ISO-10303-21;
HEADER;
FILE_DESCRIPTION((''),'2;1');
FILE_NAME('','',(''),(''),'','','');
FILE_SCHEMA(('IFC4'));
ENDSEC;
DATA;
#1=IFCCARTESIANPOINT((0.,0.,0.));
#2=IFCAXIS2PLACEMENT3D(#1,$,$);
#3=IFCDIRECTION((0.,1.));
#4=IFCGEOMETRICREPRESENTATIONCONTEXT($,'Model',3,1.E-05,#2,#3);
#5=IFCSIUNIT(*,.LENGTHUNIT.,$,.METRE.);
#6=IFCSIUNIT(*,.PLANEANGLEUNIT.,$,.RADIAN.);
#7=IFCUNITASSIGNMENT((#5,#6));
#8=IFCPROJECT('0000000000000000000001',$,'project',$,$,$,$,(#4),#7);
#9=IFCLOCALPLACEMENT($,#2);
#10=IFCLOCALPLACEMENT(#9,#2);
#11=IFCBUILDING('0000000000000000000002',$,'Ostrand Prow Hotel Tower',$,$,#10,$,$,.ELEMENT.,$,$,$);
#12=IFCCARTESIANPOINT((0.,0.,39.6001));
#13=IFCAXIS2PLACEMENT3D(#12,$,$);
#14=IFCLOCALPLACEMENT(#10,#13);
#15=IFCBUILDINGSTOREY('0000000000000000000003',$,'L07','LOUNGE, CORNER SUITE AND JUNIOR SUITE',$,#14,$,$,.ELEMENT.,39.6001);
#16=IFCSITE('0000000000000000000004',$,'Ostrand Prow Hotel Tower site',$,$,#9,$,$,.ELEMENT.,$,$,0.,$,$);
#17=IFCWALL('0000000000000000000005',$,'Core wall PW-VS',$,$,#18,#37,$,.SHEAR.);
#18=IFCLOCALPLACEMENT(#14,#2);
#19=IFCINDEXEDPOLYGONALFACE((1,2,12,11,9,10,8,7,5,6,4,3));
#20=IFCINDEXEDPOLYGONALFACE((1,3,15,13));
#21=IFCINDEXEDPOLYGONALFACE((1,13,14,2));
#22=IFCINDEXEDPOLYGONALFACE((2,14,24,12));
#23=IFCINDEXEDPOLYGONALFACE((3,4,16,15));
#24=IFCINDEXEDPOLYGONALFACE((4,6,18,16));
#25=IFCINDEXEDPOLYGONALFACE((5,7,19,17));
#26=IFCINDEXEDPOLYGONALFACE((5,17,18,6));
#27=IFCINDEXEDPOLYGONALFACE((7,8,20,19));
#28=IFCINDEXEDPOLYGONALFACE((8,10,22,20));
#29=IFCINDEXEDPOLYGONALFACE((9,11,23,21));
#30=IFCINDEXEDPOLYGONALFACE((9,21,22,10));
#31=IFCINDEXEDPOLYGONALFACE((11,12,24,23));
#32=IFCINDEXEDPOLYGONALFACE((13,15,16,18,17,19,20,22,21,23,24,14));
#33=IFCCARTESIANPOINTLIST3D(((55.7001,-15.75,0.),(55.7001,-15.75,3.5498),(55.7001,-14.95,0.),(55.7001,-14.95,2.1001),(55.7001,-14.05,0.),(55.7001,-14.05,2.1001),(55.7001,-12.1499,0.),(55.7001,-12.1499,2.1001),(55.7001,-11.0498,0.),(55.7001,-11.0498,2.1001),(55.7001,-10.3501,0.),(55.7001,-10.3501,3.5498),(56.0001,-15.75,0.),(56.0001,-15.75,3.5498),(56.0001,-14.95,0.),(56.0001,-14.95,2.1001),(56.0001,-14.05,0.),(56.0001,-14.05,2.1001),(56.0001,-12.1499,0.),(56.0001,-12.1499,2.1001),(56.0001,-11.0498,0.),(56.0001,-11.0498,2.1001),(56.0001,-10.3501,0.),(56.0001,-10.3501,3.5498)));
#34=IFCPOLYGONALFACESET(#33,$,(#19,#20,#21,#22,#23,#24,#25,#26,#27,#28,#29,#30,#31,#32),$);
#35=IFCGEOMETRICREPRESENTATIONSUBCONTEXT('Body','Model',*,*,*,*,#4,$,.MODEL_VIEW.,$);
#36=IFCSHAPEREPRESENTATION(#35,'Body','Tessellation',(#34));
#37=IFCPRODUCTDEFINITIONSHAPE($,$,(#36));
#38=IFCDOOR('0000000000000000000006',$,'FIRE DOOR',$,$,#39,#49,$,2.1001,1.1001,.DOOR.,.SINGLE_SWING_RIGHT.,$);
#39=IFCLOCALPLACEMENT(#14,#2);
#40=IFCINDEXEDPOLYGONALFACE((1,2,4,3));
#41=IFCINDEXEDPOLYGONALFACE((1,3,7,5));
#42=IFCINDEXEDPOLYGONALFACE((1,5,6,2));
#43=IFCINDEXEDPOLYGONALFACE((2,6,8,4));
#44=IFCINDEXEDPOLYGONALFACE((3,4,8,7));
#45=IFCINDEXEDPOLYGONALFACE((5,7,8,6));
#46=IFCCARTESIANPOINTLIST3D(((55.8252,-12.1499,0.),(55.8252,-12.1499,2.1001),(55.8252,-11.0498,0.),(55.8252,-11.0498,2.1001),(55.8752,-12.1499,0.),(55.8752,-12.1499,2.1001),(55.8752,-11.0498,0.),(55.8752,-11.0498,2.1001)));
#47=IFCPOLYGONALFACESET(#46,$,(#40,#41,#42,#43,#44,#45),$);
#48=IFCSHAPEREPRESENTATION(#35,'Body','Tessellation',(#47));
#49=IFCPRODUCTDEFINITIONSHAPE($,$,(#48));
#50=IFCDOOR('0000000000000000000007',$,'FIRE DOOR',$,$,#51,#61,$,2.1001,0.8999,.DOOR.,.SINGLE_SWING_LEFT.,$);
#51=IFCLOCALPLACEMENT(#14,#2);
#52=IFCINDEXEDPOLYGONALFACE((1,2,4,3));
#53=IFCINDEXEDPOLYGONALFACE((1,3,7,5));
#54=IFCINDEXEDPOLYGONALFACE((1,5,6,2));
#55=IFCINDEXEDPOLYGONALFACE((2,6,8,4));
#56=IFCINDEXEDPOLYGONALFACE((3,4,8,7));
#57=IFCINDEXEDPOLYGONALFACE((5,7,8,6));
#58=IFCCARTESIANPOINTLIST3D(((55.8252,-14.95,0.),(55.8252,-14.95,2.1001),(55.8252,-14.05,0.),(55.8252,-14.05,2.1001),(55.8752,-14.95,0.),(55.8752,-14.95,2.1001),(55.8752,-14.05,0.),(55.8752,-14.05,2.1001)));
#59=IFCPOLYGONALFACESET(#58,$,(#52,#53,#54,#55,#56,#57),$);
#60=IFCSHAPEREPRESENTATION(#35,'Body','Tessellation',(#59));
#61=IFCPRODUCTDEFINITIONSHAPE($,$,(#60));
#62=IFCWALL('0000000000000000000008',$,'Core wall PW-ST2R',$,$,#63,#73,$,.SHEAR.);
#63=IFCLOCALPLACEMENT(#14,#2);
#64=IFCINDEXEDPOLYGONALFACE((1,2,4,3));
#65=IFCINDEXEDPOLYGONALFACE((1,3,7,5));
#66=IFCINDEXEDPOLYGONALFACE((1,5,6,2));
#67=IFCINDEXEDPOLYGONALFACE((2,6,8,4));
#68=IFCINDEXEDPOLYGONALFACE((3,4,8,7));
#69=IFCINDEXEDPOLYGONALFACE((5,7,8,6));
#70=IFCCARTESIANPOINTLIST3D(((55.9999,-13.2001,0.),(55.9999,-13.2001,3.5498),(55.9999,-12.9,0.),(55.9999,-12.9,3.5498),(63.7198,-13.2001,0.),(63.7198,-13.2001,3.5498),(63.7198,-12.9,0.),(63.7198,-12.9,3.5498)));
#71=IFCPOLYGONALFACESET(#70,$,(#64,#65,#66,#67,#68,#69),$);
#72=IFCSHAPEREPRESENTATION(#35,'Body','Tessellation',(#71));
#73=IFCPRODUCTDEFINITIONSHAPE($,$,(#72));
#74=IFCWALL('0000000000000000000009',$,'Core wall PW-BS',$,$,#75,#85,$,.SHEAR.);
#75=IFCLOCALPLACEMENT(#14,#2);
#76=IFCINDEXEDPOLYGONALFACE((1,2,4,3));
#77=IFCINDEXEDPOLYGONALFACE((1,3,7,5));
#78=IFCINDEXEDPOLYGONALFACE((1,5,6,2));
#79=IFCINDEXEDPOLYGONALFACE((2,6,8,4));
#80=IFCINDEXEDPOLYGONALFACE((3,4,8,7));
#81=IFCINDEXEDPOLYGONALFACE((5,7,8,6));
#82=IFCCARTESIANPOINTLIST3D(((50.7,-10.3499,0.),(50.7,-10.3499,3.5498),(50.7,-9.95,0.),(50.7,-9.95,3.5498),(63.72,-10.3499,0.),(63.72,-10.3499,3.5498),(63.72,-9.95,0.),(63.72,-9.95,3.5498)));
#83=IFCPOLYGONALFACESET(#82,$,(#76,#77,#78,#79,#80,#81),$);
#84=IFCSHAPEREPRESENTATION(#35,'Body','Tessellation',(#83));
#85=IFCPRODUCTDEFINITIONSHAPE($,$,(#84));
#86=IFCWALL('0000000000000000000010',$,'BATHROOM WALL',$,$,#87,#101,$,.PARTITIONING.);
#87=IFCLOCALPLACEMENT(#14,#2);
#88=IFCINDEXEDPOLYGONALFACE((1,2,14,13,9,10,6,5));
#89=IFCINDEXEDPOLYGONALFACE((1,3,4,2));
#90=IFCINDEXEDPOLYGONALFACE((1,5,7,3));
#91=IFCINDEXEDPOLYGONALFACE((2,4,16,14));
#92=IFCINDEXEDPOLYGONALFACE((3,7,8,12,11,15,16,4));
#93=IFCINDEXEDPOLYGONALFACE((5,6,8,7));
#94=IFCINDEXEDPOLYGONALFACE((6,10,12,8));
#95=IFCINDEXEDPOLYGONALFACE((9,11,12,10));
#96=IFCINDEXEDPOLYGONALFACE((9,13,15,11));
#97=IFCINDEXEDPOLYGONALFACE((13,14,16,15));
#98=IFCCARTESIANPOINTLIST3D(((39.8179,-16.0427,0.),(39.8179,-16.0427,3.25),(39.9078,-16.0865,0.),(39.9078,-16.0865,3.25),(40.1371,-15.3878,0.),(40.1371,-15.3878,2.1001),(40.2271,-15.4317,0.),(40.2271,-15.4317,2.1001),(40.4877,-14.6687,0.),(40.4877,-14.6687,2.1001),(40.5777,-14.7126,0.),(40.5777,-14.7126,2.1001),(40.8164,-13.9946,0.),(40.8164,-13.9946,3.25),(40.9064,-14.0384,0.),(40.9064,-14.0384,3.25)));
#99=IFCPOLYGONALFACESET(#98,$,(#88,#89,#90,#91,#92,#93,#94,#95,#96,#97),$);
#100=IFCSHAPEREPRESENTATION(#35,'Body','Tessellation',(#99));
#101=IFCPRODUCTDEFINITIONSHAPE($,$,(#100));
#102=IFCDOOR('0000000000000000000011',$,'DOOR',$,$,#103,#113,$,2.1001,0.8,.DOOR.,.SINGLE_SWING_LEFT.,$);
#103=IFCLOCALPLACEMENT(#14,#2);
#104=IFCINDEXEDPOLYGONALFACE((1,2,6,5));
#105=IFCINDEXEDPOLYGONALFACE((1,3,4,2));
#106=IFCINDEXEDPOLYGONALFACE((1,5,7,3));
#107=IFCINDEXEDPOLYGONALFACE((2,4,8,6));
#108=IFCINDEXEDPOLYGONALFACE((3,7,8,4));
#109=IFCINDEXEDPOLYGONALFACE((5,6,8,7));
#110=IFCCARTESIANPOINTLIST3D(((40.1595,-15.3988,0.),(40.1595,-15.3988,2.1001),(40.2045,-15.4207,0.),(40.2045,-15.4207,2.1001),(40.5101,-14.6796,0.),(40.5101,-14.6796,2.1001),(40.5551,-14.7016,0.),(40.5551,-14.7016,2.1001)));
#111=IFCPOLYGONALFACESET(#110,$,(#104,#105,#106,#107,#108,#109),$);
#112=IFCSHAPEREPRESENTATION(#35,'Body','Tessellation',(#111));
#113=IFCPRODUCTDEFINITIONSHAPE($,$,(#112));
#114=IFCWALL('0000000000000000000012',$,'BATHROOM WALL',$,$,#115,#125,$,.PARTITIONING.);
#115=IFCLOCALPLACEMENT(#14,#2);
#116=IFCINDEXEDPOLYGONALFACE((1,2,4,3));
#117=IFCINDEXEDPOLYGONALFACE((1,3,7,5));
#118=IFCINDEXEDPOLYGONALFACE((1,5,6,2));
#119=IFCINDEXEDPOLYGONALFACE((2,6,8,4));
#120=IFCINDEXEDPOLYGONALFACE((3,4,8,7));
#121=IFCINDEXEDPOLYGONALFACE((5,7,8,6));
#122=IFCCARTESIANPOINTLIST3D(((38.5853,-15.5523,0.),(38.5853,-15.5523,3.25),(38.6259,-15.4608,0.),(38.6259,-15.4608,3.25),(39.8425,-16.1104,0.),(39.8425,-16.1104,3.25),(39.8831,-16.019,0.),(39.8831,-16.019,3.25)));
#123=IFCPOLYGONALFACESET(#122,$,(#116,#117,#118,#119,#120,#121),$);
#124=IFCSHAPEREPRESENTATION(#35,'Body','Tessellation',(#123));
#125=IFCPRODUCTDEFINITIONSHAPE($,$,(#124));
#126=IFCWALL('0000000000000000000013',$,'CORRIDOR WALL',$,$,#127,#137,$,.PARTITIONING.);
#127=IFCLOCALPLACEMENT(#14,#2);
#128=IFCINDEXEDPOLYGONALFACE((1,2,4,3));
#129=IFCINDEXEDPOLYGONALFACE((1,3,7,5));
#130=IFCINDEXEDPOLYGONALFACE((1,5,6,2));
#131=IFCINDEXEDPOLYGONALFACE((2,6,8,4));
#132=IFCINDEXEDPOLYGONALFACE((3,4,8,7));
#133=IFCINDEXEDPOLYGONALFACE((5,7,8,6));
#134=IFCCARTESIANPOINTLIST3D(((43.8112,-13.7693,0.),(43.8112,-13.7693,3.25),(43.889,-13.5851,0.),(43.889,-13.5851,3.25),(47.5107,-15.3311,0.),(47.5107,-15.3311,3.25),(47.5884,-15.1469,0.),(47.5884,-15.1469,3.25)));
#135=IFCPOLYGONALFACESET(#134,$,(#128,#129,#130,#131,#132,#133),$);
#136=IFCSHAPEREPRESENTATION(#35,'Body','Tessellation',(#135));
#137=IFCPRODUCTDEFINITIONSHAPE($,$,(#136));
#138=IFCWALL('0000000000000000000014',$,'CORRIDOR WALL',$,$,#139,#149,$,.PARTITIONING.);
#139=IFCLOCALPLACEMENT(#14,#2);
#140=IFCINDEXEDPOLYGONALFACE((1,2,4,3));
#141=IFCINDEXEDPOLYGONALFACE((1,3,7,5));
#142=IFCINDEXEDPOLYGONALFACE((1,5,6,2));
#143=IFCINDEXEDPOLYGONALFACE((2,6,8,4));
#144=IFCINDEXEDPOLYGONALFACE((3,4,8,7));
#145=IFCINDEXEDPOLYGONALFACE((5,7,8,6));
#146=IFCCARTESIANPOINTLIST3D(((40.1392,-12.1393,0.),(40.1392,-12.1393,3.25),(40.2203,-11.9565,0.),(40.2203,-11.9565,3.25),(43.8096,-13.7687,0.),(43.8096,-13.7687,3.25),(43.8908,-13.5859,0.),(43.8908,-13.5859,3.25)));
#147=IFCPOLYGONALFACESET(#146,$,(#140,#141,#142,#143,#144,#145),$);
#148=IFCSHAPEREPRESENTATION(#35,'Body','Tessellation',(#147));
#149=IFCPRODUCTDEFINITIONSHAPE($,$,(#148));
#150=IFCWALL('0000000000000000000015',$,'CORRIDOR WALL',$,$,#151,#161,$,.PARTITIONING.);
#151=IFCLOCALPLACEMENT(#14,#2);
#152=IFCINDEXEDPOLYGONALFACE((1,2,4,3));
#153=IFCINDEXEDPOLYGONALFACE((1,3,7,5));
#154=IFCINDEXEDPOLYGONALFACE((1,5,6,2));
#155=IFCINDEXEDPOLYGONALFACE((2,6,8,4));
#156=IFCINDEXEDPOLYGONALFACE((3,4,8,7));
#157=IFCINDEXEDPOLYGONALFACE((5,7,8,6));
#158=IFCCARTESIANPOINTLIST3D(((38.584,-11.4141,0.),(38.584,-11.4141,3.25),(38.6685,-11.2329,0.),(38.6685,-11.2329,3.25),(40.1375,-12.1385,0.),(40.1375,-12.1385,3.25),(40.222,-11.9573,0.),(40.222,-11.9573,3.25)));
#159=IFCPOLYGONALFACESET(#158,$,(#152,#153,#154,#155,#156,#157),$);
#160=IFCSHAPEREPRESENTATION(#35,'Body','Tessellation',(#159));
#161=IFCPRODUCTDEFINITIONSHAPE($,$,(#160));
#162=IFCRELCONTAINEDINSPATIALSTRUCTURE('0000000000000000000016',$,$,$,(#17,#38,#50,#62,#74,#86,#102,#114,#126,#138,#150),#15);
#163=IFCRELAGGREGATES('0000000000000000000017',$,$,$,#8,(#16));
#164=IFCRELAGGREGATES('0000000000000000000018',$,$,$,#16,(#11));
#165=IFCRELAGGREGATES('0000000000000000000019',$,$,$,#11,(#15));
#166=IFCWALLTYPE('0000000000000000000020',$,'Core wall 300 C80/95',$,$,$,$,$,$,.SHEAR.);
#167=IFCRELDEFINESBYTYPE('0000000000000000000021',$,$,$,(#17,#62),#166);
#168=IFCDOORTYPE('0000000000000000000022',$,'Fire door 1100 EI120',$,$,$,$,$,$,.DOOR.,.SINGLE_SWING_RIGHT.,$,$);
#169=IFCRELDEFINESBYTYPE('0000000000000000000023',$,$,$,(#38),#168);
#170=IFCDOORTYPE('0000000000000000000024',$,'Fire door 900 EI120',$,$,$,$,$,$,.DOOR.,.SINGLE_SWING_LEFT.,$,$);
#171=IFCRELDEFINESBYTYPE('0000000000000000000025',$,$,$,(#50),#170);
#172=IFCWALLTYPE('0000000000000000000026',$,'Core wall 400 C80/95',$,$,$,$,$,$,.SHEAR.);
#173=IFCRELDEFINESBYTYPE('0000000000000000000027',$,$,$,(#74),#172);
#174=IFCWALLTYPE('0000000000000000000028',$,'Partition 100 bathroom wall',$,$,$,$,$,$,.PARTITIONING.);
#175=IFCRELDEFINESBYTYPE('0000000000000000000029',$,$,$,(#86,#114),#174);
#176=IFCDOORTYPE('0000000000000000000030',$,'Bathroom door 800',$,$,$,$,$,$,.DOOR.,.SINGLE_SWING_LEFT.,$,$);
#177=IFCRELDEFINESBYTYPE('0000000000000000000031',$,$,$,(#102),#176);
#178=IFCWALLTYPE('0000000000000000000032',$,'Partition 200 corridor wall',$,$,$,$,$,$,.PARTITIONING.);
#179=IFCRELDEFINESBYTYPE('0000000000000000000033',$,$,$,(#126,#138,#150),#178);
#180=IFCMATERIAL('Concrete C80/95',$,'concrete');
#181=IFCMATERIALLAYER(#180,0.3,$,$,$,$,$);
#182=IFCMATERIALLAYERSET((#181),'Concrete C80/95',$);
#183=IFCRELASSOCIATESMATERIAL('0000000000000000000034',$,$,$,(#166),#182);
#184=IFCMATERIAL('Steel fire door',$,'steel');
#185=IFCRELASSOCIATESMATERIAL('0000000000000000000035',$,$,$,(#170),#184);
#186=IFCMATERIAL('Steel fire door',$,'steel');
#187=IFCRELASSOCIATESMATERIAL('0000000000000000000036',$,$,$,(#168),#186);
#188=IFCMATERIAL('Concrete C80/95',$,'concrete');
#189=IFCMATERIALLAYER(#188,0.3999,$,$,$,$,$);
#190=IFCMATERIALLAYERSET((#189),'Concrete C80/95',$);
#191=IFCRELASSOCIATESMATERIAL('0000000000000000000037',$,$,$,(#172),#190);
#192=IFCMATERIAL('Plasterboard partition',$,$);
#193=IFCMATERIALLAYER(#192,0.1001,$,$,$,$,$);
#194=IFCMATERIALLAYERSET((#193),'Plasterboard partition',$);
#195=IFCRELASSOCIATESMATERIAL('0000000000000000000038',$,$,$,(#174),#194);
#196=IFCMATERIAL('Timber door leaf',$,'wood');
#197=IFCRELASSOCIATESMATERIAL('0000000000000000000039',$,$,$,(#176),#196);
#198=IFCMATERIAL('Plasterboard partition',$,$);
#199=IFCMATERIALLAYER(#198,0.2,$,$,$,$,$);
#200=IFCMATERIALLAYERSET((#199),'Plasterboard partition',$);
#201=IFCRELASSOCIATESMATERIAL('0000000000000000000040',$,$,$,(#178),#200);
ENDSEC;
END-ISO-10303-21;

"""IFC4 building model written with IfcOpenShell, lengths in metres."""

from ifc_helpers import new_model, si_unit, direction, frame, frame_2d, origin, place, context, subcontext, project, spatial, rectangle, extrude, material, layer, layer_set, type_object, element, fill, save


model = new_model("IFC4")

# Units and contexts
model_context = context("Model", 3, precision=1e-05, world=origin(), true_north=direction((0.0, 1.0)))
body_context = subcontext(model_context, "Body", "Model", "MODEL_VIEW")
ifc_project = project(units=[si_unit("LENGTHUNIT", "METRE"), si_unit("PLANEANGLEUNIT", "RADIAN")], contexts=[model_context])

# Site, building, storey
site_placement = place(None, origin())
site = spatial("IfcSite", under=ifc_project, at=site_placement, Name="Ostrand Prow Hotel Tower site", CompositionType="ELEMENT", RefElevation=0.0)
building_placement = place(site_placement, origin())
building = spatial("IfcBuilding", under=site, at=building_placement, Name="Ostrand Prow Hotel Tower", CompositionType="ELEMENT")
storey_placement = place(building_placement, frame((0.0, 0.0, 39.6001)))
storey = spatial("IfcBuildingStorey", under=building, at=storey_placement, Name="L07", Description="LOUNGE, CORNER SUITE AND JUNIOR SUITE", CompositionType="ELEMENT", Elevation=39.6001)

# Shared definitions
ifc_material_1 = material(Name="Concrete C80/95", Category="concrete")
ifc_layer_1 = layer(ifc_material_1, 0.3)
ifc_layer_set_1 = layer_set([ifc_layer_1], Name="Concrete C80/95")
wall_type_1 = type_object("IfcWallType", Name="Core wall 300 C80/95", PredefinedType="SHEAR", material=ifc_layer_set_1)

# Shared definitions
ifc_material_2 = material(Name="Steel fire door", Category="steel")
door_type_1 = type_object("IfcDoorType", Name="Fire door 900 EI120", OperationType="SINGLE_SWING_LEFT", PredefinedType="DOOR", material=ifc_material_2)

# Wall, openings, doors
wall_1_placement = place(storey_placement, frame((55.8501, -15.75, 0.0), z_axis=(0.0, 0.0, 1.0), x_axis=(0.0, 1.0, 0.0)))
wall_1 = element("IfcWall", 1, at=wall_1_placement, inside=storey, type_object=wall_type_1, Name="Core wall PW-VS", PredefinedType="SHEAR", context=body_context, shape_type="SweptSolid", body=[
    extrude(rectangle(XDim=5.3999, YDim=0.3, at=frame_2d((2.7, 0.0))), origin(), (0.0, 0.0, 1.0), 3.5498),
])
opening_1_placement = place(wall_1_placement, frame((3.6001, 0.0, 0.0)))
opening_1 = element("IfcOpeningElement", 2, at=opening_1_placement, cuts=wall_1, PredefinedType="OPENING", context=body_context, shape_type="SweptSolid", body=[
    extrude(rectangle(XDim=1.1001, YDim=2.1001, at=frame_2d((0.55, 1.05))), frame((0.0, 0.1599, 0.0), z_axis=(0.0, -1.0, 0.0), x_axis=(1.0, 0.0, 0.0)), (0.0, 0.0, 1.0), 0.3201),
])
opening_2_placement = place(wall_1_placement, frame((0.8, 0.0, 0.0)))
opening_2 = element("IfcOpeningElement", 3, at=opening_2_placement, cuts=wall_1, PredefinedType="OPENING", context=body_context, shape_type="SweptSolid", body=[
    extrude(rectangle(XDim=0.8999, YDim=2.1001, at=frame_2d((0.45, 1.05))), frame((0.0, 0.1599, 0.0), z_axis=(0.0, -1.0, 0.0), x_axis=(1.0, 0.0, 0.0)), (0.0, 0.0, 1.0), 0.3201),
])
ifc_material_3 = material(Name="Steel fire door", Category="steel")
door_type_2 = type_object("IfcDoorType", Name="Fire door 1100 EI120", OperationType="SINGLE_SWING_RIGHT", PredefinedType="DOOR", material=ifc_material_3)
door_1_placement = place(opening_1_placement, origin())
door_1 = element("IfcDoor", 4, at=door_1_placement, inside=storey, type_object=door_type_2, Name="FIRE DOOR", OperationType="SINGLE_SWING_RIGHT", OverallHeight=2.1001, OverallWidth=1.1001, PredefinedType="DOOR", context=body_context, shape_type="SweptSolid", body=[
    extrude(rectangle(XDim=1.1001, YDim=2.1001, at=frame_2d((0.55, 1.05))), frame((0.0, 0.0249, 0.0), z_axis=(0.0, -1.0, 0.0), x_axis=(1.0, 0.0, 0.0)), (0.0, 0.0, 1.0), 0.05),
])
fill(opening_1, door_1)
door_2_placement = place(opening_2_placement, origin())
door_2 = element("IfcDoor", 5, at=door_2_placement, inside=storey, type_object=door_type_1, Name="FIRE DOOR", OperationType="SINGLE_SWING_LEFT", OverallHeight=2.1001, OverallWidth=0.8999, PredefinedType="DOOR", context=body_context, shape_type="SweptSolid", body=[
    extrude(rectangle(XDim=0.8999, YDim=2.1001, at=frame_2d((0.45, 1.05))), frame((0.0, 0.0249, 0.0), z_axis=(0.0, -1.0, 0.0), x_axis=(1.0, 0.0, 0.0)), (0.0, 0.0, 1.0), 0.05),
])
fill(opening_2, door_2)

# Walls
wall_2_placement = place(storey_placement, frame((56.0, -13.05, 0.0), z_axis=(0.0, 0.0, 1.0), x_axis=(1.0, 0.0, 0.0)))
element("IfcWall", 6, at=wall_2_placement, inside=storey, type_object=wall_type_1, Name="Core wall PW-ST2R", PredefinedType="SHEAR", context=body_context, shape_type="SweptSolid", body=[
    extrude(rectangle(XDim=7.72, YDim=0.3, at=frame_2d((3.8599, 0.0))), origin(), (0.0, 0.0, 1.0), 3.5498),
])
ifc_material_4 = material(Name="Concrete C80/95", Category="concrete")
ifc_layer_2 = layer(ifc_material_4, 0.3999)
ifc_layer_set_2 = layer_set([ifc_layer_2], Name="Concrete C80/95")
wall_type_2 = type_object("IfcWallType", Name="Core wall 400 C80/95", PredefinedType="SHEAR", material=ifc_layer_set_2)
wall_3_placement = place(storey_placement, frame((50.7, -10.1499, 0.0), z_axis=(0.0, 0.0, 1.0), x_axis=(1.0, 0.0, 0.0)))
element("IfcWall", 7, at=wall_3_placement, inside=storey, type_object=wall_type_2, Name="Core wall PW-BS", PredefinedType="SHEAR", context=body_context, shape_type="SweptSolid", body=[
    extrude(rectangle(XDim=13.02, YDim=0.3999, at=frame_2d((6.51, 0.0))), origin(), (0.0, 0.0, 1.0), 3.5498),
])

# Wall, opening, door
ifc_material_5 = material(Name="Plasterboard partition")
ifc_layer_3 = layer(ifc_material_5, 0.1001)
ifc_layer_set_3 = layer_set([ifc_layer_3], Name="Plasterboard partition")
wall_type_3 = type_object("IfcWallType", Name="Partition 100 bathroom wall", PredefinedType="PARTITIONING", material=ifc_layer_set_3)
wall_4_placement = place(storey_placement, frame((40.8613, -14.0166, 0.0), z_axis=(0.0, 0.0, 1.0), x_axis=(-0.438234, -0.898861, 0.0)))
wall_4 = element("IfcWall", 8, at=wall_4_placement, inside=storey, type_object=wall_type_3, Name="BATHROOM WALL", PredefinedType="PARTITIONING", context=body_context, shape_type="SweptSolid", body=[
    extrude(rectangle(XDim=2.2786, YDim=0.1001, at=frame_2d((1.1392, 0.0))), origin(), (0.0, 0.0, 1.0), 3.25),
])
opening_3_placement = place(wall_4_placement, frame((0.75, 0.0, 0.0)))
opening_3 = element("IfcOpeningElement", 9, at=opening_3_placement, cuts=wall_4, PredefinedType="OPENING", context=body_context, shape_type="SweptSolid", body=[
    extrude(rectangle(XDim=0.8, YDim=2.1001, at=frame_2d((0.3999, 1.05))), frame((0.0, 0.0601, 0.0), z_axis=(0.0, -1.0, 0.0), x_axis=(1.0, 0.0, 0.0)), (0.0, 0.0, 1.0), 0.1201),
])
ifc_material_6 = material(Name="Timber door leaf", Category="wood")
door_type_3 = type_object("IfcDoorType", Name="Bathroom door 800", OperationType="SINGLE_SWING_LEFT", PredefinedType="DOOR", material=ifc_material_6)
door_3_placement = place(opening_3_placement, origin())
door_3 = element("IfcDoor", 10, at=door_3_placement, inside=storey, type_object=door_type_3, Name="DOOR", OperationType="SINGLE_SWING_LEFT", OverallHeight=2.1001, OverallWidth=0.8, PredefinedType="DOOR", context=body_context, shape_type="SweptSolid", body=[
    extrude(rectangle(XDim=0.8, YDim=2.1001, at=frame_2d((0.3999, 1.05))), frame((0.0, 0.0249, 0.0), z_axis=(0.0, -1.0, 0.0), x_axis=(1.0, 0.0, 0.0)), (0.0, 0.0, 1.0), 0.05),
])
fill(opening_3, door_3)

# Walls
wall_5_placement = place(storey_placement, frame((39.8628, -16.0647, 0.0), z_axis=(0.0, 0.0, 1.0), x_axis=(-0.913973, 0.405776, 0.0)))
element("IfcWall", 11, at=wall_5_placement, inside=storey, type_object=wall_type_3, Name="BATHROOM WALL", PredefinedType="PARTITIONING", context=body_context, shape_type="SweptSolid", body=[
    extrude(rectangle(XDim=1.3755, YDim=0.1001, at=frame_2d((0.6877, 0.0))), origin(), (0.0, 0.0, 1.0), 3.25),
])
ifc_material_7 = material(Name="Plasterboard partition")
ifc_layer_4 = layer(ifc_material_7, 0.2)
ifc_layer_set_4 = layer_set([ifc_layer_4], Name="Plasterboard partition")
wall_type_4 = type_object("IfcWallType", Name="Partition 200 corridor wall", PredefinedType="PARTITIONING", material=ifc_layer_set_4)
wall_6_placement = place(storey_placement, frame((47.5496, -15.239, 0.0), z_axis=(0.0, 0.0, 1.0), x_axis=(-0.92127, 0.388924, 0.0)))
element("IfcWall", 12, at=wall_6_placement, inside=storey, type_object=wall_type_4, Name="CORRIDOR WALL", PredefinedType="PARTITIONING", context=body_context, shape_type="SweptSolid", body=[
    extrude(rectangle(XDim=4.0156, YDim=0.2, at=frame_2d((2.0078, 0.0))), origin(), (0.0, 0.0, 1.0), 3.25),
])
wall_7_placement = place(storey_placement, frame((43.8501, -13.6772, 0.0), z_axis=(0.0, 0.0, 1.0), x_axis=(-0.913987, 0.405744, 0.0)))
element("IfcWall", 13, at=wall_7_placement, inside=storey, type_object=wall_type_4, Name="CORRIDOR WALL", PredefinedType="PARTITIONING", context=body_context, shape_type="SweptSolid", body=[
    extrude(rectangle(XDim=4.0159, YDim=0.2, at=frame_2d((2.0078, 0.0))), origin(), (0.0, 0.0, 1.0), 3.25),
])
wall_8_placement = place(storey_placement, frame((40.1797, -12.0479, 0.0), z_axis=(0.0, 0.0, 1.0), x_axis=(-0.906314, 0.422605, 0.0)))
element("IfcWall", 14, at=wall_8_placement, inside=storey, type_object=wall_type_4, Name="CORRIDOR WALL", PredefinedType="PARTITIONING", context=body_context, shape_type="SweptSolid", body=[
    extrude(rectangle(XDim=1.7141, YDim=0.2, at=frame_2d((0.8569, 0.0))), origin(), (0.0, 0.0, 1.0), 3.25),
])

save(model, "model.ifc")
